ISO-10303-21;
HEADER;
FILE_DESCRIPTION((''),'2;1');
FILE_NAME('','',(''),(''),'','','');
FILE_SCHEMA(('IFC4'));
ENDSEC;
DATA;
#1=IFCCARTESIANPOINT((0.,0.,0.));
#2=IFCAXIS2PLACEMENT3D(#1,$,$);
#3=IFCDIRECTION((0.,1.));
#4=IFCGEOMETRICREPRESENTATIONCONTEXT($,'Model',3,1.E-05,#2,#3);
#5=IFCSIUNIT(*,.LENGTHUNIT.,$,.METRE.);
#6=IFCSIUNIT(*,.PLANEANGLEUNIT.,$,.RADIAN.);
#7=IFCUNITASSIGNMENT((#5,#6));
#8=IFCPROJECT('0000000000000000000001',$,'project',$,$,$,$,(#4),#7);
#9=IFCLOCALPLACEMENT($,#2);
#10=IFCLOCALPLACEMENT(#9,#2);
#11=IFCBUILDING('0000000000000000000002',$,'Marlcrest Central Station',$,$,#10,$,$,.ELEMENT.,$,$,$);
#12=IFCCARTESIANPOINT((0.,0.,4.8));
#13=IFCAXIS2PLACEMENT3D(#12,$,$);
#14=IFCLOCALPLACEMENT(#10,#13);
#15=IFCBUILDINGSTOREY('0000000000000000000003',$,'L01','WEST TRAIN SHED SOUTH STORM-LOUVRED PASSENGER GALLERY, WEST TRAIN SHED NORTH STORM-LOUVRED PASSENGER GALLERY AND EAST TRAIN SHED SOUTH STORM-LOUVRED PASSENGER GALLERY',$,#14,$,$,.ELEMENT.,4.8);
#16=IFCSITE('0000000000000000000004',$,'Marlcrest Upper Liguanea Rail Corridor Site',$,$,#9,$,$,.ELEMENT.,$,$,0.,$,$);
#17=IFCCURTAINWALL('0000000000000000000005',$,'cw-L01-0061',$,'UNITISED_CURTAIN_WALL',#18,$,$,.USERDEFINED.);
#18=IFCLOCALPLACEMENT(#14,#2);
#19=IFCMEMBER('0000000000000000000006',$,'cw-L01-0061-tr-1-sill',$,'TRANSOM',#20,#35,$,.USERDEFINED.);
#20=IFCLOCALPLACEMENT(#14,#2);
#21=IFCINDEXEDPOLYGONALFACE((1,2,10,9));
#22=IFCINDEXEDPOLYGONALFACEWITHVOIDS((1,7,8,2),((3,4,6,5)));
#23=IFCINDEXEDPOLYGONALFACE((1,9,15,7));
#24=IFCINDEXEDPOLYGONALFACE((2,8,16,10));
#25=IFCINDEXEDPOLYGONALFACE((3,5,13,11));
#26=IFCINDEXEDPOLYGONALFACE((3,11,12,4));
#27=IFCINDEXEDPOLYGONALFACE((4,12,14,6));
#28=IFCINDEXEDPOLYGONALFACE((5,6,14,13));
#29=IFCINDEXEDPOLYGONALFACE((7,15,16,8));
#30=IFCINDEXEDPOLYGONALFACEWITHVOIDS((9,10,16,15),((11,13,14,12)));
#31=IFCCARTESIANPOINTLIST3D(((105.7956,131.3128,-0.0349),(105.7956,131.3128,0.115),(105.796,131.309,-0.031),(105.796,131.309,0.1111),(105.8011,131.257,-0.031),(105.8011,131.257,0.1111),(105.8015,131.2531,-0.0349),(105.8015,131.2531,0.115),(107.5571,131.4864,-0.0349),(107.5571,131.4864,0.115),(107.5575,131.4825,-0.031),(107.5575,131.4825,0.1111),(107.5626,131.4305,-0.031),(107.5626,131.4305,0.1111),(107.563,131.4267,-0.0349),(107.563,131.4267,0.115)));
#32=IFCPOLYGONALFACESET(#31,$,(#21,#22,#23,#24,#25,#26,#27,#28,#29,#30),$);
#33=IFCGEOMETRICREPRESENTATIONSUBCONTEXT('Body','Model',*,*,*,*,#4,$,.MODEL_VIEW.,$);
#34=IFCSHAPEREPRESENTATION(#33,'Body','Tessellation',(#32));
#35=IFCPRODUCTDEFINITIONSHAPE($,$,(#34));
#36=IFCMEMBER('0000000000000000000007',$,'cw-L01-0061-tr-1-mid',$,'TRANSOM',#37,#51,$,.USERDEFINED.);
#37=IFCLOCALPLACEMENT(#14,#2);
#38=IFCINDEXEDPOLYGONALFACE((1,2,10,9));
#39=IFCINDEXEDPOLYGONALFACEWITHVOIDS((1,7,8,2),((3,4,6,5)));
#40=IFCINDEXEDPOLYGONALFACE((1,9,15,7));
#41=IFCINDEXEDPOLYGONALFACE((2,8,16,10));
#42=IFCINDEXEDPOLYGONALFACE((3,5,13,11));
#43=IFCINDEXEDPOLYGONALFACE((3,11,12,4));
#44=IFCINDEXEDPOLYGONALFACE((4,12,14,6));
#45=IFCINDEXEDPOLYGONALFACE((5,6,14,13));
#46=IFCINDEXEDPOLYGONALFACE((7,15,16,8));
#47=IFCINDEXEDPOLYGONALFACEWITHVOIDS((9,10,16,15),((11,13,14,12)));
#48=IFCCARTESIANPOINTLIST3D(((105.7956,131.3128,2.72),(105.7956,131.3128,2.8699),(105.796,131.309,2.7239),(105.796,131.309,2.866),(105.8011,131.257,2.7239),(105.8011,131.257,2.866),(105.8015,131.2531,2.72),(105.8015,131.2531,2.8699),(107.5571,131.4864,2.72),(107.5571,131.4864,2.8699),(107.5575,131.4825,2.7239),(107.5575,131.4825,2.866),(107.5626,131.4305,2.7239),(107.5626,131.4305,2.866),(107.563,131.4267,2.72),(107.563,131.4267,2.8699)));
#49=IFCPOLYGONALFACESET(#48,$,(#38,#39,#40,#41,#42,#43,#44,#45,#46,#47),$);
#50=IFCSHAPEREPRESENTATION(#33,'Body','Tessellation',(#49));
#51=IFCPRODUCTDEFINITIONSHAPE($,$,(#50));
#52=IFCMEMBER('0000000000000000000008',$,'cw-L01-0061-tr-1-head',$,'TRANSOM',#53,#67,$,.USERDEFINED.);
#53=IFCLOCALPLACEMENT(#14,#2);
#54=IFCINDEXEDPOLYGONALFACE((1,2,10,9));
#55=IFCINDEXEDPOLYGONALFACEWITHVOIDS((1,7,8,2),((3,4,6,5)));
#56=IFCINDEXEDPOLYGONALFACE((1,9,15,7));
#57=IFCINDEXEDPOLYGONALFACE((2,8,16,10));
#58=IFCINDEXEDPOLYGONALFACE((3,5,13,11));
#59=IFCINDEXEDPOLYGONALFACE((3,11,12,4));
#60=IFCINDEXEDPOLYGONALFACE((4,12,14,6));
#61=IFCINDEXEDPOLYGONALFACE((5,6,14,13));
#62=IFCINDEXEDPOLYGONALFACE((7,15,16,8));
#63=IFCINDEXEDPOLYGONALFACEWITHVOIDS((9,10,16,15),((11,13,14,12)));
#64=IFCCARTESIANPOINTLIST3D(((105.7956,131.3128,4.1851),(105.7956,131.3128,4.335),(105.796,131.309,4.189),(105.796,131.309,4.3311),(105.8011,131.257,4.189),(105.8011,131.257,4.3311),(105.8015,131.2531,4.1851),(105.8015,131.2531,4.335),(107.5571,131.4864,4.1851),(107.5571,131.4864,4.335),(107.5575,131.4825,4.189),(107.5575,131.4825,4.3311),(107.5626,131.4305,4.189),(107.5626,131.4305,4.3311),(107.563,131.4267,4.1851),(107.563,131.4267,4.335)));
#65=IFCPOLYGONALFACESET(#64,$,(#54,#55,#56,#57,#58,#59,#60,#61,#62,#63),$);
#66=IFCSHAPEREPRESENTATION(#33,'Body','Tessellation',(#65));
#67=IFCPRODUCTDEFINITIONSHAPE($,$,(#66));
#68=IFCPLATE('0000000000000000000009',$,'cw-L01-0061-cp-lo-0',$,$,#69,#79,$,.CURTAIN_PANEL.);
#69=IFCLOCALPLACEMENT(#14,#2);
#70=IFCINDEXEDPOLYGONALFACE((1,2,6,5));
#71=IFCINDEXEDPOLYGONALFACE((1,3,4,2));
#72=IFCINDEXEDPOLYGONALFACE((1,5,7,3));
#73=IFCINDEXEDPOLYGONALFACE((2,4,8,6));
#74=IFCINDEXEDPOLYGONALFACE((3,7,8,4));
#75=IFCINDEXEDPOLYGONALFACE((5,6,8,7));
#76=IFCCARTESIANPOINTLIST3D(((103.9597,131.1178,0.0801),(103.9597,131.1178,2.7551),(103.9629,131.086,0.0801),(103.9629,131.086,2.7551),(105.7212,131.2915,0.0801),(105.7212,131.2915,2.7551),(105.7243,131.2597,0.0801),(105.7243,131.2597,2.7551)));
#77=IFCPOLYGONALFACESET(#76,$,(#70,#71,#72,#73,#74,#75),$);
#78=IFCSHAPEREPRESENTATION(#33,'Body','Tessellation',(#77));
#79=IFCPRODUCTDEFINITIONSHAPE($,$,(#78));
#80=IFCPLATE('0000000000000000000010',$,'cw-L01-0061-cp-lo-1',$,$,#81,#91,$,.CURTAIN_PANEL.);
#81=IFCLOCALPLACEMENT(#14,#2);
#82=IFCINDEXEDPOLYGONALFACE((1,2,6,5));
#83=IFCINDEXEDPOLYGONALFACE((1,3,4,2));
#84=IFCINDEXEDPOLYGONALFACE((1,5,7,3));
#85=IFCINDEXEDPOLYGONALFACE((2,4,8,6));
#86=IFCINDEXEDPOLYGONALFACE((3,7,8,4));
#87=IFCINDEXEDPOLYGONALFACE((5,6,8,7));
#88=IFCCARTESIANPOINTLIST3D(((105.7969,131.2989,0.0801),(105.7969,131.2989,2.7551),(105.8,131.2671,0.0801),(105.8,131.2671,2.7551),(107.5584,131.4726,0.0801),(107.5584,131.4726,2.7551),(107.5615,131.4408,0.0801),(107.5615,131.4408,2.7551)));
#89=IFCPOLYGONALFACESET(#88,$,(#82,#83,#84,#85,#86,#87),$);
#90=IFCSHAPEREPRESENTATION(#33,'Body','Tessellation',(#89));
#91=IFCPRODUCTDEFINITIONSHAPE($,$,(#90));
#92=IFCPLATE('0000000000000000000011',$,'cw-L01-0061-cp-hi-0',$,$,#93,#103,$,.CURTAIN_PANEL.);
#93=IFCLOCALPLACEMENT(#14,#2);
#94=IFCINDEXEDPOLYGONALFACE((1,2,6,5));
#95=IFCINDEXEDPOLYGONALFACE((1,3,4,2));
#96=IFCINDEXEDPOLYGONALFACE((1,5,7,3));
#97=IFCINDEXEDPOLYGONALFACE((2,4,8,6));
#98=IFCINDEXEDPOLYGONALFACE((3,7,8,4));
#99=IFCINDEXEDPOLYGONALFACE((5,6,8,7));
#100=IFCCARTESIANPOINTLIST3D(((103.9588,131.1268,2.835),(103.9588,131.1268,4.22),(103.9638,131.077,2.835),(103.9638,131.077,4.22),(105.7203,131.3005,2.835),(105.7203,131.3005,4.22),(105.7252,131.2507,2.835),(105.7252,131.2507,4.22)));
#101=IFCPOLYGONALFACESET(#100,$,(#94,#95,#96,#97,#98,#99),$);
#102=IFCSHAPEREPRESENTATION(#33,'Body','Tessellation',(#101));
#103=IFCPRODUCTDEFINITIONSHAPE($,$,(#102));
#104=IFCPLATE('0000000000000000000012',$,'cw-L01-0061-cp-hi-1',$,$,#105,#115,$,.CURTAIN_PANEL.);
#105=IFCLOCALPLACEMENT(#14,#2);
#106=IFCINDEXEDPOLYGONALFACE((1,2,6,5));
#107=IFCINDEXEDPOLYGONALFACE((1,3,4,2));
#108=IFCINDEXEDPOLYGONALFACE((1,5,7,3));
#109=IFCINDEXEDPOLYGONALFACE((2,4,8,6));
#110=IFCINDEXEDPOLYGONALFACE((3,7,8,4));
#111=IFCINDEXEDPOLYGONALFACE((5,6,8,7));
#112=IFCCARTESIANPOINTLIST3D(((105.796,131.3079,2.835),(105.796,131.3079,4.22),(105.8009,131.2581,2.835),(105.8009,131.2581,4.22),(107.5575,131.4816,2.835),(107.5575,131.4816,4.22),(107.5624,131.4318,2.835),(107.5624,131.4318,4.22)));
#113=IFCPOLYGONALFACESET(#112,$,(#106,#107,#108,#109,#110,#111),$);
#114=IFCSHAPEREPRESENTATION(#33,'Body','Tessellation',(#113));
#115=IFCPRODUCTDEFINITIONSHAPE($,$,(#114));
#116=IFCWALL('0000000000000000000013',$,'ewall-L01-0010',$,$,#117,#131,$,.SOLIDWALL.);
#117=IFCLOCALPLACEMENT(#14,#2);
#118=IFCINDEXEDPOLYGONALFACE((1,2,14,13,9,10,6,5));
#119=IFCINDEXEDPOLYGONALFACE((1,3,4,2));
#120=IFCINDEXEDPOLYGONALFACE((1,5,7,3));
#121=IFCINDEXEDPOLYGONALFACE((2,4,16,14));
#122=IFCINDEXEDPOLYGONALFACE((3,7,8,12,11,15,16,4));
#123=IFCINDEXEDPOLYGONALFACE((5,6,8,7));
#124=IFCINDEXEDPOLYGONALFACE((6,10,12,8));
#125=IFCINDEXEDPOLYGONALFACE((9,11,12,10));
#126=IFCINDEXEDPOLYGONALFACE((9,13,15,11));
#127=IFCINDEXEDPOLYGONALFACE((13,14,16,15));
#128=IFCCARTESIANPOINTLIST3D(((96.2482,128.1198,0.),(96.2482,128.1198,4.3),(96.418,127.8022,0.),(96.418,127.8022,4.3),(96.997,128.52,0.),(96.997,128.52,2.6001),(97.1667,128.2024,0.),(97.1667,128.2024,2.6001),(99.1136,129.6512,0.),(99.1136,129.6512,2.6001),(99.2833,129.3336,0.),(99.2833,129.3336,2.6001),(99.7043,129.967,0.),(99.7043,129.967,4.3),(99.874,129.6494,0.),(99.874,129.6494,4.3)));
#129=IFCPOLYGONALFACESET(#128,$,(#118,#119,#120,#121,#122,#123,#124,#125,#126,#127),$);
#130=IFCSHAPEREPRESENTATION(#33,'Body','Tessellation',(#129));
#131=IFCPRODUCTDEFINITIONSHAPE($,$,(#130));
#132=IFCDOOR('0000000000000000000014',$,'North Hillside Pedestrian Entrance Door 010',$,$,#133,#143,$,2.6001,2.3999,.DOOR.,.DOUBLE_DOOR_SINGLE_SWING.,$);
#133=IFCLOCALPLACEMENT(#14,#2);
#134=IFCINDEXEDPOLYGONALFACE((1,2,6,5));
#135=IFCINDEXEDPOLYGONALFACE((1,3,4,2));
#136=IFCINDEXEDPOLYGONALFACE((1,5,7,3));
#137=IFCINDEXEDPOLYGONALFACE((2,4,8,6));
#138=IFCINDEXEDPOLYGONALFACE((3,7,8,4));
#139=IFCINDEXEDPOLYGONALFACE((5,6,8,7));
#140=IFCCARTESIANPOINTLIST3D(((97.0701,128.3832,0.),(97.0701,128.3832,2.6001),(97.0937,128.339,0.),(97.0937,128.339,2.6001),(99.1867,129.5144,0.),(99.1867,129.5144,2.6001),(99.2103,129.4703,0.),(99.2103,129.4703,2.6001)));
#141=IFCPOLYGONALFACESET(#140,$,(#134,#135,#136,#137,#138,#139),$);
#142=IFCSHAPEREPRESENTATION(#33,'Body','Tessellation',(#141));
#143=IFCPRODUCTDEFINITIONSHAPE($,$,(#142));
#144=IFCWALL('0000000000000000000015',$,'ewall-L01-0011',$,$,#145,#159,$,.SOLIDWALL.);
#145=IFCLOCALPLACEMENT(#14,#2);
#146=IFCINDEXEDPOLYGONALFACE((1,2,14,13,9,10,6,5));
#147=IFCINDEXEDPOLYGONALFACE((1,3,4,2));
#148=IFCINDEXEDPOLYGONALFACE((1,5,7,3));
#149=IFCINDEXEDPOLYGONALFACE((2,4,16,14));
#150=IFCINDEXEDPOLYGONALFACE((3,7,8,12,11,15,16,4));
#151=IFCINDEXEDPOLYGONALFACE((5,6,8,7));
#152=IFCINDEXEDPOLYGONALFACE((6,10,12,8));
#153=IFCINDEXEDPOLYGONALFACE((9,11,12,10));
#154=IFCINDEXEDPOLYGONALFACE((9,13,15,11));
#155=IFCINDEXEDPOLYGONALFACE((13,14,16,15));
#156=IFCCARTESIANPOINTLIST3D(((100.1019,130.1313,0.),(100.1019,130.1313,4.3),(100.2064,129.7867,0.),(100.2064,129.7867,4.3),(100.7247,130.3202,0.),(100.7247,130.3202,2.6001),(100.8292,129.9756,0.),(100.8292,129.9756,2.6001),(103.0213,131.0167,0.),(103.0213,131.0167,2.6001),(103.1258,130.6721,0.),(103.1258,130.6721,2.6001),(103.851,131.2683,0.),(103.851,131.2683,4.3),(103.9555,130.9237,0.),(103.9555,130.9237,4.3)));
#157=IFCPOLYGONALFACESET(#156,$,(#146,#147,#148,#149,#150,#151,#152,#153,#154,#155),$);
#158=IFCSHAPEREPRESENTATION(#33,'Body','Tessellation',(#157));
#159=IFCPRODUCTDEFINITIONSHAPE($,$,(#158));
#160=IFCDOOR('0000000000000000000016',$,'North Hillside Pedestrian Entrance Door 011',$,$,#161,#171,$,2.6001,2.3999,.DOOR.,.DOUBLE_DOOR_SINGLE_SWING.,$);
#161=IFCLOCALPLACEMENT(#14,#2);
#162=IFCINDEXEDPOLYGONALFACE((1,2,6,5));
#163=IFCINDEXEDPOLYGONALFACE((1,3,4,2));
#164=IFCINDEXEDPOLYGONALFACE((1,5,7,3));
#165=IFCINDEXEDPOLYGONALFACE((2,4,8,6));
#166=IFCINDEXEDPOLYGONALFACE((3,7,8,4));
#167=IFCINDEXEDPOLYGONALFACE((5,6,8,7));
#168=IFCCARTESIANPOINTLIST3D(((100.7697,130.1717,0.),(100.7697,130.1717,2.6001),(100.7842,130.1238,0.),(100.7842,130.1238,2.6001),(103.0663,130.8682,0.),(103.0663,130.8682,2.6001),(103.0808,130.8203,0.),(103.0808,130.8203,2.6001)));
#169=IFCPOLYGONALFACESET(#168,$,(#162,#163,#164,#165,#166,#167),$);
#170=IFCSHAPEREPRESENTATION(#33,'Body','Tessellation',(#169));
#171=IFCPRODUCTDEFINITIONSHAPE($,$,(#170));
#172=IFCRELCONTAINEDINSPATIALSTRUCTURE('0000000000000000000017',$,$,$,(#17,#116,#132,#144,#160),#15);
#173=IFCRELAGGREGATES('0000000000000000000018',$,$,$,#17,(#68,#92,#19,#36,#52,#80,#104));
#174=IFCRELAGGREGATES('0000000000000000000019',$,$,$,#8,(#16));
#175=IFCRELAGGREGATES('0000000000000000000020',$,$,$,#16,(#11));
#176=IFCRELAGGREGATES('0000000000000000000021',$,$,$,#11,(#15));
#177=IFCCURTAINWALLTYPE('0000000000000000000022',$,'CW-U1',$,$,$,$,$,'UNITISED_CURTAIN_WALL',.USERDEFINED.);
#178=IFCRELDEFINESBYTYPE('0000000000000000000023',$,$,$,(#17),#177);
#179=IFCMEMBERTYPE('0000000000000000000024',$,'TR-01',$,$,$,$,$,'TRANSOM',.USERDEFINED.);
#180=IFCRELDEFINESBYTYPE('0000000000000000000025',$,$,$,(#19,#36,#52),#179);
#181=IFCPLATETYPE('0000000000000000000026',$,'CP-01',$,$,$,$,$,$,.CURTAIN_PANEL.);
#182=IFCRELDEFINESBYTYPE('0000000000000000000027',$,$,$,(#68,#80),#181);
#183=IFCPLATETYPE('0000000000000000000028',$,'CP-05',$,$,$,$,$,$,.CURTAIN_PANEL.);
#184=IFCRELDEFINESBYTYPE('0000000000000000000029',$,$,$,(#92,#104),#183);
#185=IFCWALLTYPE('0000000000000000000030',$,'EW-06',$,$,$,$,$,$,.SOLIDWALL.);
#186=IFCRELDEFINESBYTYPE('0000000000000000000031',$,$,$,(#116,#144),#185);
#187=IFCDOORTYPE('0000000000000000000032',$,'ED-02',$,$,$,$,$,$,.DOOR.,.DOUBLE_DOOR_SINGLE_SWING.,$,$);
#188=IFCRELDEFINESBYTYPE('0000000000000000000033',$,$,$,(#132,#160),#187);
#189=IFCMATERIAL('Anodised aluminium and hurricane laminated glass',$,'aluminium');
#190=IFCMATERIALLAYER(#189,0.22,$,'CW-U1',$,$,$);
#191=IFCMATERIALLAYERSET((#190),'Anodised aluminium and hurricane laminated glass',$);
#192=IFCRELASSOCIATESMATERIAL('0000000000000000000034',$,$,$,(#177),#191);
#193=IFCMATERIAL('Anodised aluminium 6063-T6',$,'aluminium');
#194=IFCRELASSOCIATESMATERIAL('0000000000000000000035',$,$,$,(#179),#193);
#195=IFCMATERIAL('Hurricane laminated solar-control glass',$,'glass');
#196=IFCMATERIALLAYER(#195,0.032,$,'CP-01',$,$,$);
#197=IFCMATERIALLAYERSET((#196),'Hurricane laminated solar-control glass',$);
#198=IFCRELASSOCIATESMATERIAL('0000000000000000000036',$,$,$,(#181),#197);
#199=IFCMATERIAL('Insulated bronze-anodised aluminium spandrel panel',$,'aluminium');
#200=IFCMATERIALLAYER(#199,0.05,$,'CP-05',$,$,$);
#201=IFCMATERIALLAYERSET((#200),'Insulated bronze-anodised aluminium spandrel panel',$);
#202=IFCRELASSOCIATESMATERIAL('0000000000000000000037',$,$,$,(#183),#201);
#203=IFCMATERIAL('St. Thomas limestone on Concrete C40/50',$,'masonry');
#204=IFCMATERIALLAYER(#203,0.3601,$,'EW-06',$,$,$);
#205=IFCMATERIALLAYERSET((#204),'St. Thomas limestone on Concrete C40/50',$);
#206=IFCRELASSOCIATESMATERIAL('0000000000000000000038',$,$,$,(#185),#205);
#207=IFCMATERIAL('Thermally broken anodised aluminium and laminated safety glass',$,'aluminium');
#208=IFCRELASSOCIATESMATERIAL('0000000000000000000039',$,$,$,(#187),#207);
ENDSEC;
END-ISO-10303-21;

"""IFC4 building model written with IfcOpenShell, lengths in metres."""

from ifc_helpers import new_model, si_unit, direction, frame, frame_2d, origin, origin_2d, place, context, subcontext, project, spatial, rectangle, hollow_rectangle, extrude, material, layer, layer_set, material_profile, profile_set, type_object, element, fill, aggregate, save


model = new_model("IFC4")

# Units and contexts
model_context = context("Model", 3, precision=1e-05, world=origin(), true_north=direction((0.0, 1.0)))
body_context = subcontext(model_context, "Body", "Model", "MODEL_VIEW")
ifc_project = project(units=[si_unit("LENGTHUNIT", "METRE"), si_unit("PLANEANGLEUNIT", "RADIAN")], contexts=[model_context])

# Site, building, storey
site_placement = place(None, origin())
site = spatial("IfcSite", under=ifc_project, at=site_placement, Name="Marlcrest Upper Liguanea Rail Corridor Site", CompositionType="ELEMENT", RefElevation=0.0)
building_placement = place(site_placement, origin())
building = spatial("IfcBuilding", under=site, at=building_placement, Name="Marlcrest Central Station", CompositionType="ELEMENT")
storey_placement = place(building_placement, frame((0.0, 0.0, 4.8)))
storey = spatial("IfcBuildingStorey", under=building, at=storey_placement, Name="L01", Description="WEST TRAIN SHED SOUTH STORM-LOUVRED PASSENGER GALLERY, WEST TRAIN SHED NORTH STORM-LOUVRED PASSENGER GALLERY AND EAST TRAIN SHED SOUTH STORM-LOUVRED PASSENGER GALLERY", CompositionType="ELEMENT", Elevation=4.8)

# Curtain wall
ifc_material_1 = material(Name="Anodised aluminium and hurricane laminated glass", Category="aluminium")
ifc_layer_1 = layer(ifc_material_1, 0.22, Name="CW-U1")
ifc_layer_set_1 = layer_set([ifc_layer_1], Name="Anodised aluminium and hurricane laminated glass")
curtain_wall_type = type_object("IfcCurtainWallType", Name="CW-U1", ElementType="UNITISED_CURTAIN_WALL", PredefinedType="USERDEFINED", material=ifc_layer_set_1)
curtain_wall_placement = place(storey_placement, origin())
curtain_wall = element("IfcCurtainWall", 1, at=curtain_wall_placement, inside=storey, type_object=curtain_wall_type, Name="cw-L01-0061", ObjectType="UNITISED_CURTAIN_WALL", PredefinedType="USERDEFINED")
ifc_material_2 = material(Name="Anodised aluminium 6063-T6", Category="aluminium")

# Members
ifc_material_profile_1 = material_profile(ifc_material_2, hollow_rectangle(XDim=0.0601, YDim=0.1499, WallThickness=0.0039, at=origin_2d()), Name="AA-RHS 150x60x4")
ifc_profile_set_1 = profile_set([ifc_material_profile_1], Name="Anodised aluminium 6063-T6")
member_type_1 = type_object("IfcMemberType", Name="TR-01", ElementType="TRANSOM", PredefinedType="USERDEFINED", material=ifc_profile_set_1)
member_1_placement = place(storey_placement, frame((105.7986, 131.283, 0.04), z_axis=(0.99518, 0.09807, 0.0), x_axis=(-0.09807, 0.99518, 0.0)))
member_1 = element("IfcMember", 2, at=member_1_placement, type_object=member_type_1, Name="cw-L01-0061-tr-1-sill", ObjectType="TRANSOM", PredefinedType="USERDEFINED", context=body_context, shape_type="SweptSolid", body=[
    extrude(hollow_rectangle(XDim=0.0601, YDim=0.1499, WallThickness=0.0039, at=origin_2d()), origin(), (0.0, 0.0, 1.0), 1.77),
])
member_2_placement = place(storey_placement, frame((105.7986, 131.283, 2.7949), z_axis=(0.99518, 0.09807, 0.0), x_axis=(-0.09807, 0.99518, 0.0)))
member_2 = element("IfcMember", 3, at=member_2_placement, type_object=member_type_1, Name="cw-L01-0061-tr-1-mid", ObjectType="TRANSOM", PredefinedType="USERDEFINED", context=body_context, shape_type="SweptSolid", body=[
    extrude(hollow_rectangle(XDim=0.0601, YDim=0.1499, WallThickness=0.0039, at=origin_2d()), origin(), (0.0, 0.0, 1.0), 1.77),
])
member_3_placement = place(storey_placement, frame((105.7986, 131.283, 4.26), z_axis=(0.99518, 0.09807, 0.0), x_axis=(-0.09807, 0.99518, 0.0)))
member_3 = element("IfcMember", 4, at=member_3_placement, type_object=member_type_1, Name="cw-L01-0061-tr-1-head", ObjectType="TRANSOM", PredefinedType="USERDEFINED", context=body_context, shape_type="SweptSolid", body=[
    extrude(hollow_rectangle(XDim=0.0601, YDim=0.1499, WallThickness=0.0039, at=origin_2d()), origin(), (0.0, 0.0, 1.0), 1.77),
])

# Plates
ifc_material_3 = material(Name="Hurricane laminated solar-control glass", Category="glass")
ifc_layer_2 = layer(ifc_material_3, 0.032, Name="CP-01")
ifc_layer_set_2 = layer_set([ifc_layer_2], Name="Hurricane laminated solar-control glass")
plate_type_1 = type_object("IfcPlateType", Name="CP-01", PredefinedType="CURTAIN_PANEL", material=ifc_layer_set_2)
plate_1_placement = place(storey_placement, frame((104.842, 131.1887, 0.0801), z_axis=(0.0, 0.0, 1.0), x_axis=(0.995173, 0.098139, 0.0)))
plate_1 = element("IfcPlate", 5, at=plate_1_placement, type_object=plate_type_1, Name="cw-L01-0061-cp-lo-0", PredefinedType="CURTAIN_PANEL", context=body_context, shape_type="SweptSolid", body=[
    extrude(rectangle(XDim=1.77, YDim=0.032, at=origin_2d()), origin(), (0.0, 0.0, 1.0), 2.675),
])
plate_2_placement = place(storey_placement, frame((106.6792, 131.3699, 0.0801), z_axis=(0.0, 0.0, 1.0), x_axis=(0.995173, 0.098139, 0.0)))
plate_2 = element("IfcPlate", 6, at=plate_2_placement, type_object=plate_type_1, Name="cw-L01-0061-cp-lo-1", PredefinedType="CURTAIN_PANEL", context=body_context, shape_type="SweptSolid", body=[
    extrude(rectangle(XDim=1.77, YDim=0.032, at=origin_2d()), origin(), (0.0, 0.0, 1.0), 2.675),
])
ifc_material_4 = material(Name="Insulated bronze-anodised aluminium spandrel panel", Category="aluminium")
ifc_layer_3 = layer(ifc_material_4, 0.05, Name="CP-05")
ifc_layer_set_3 = layer_set([ifc_layer_3], Name="Insulated bronze-anodised aluminium spandrel panel")
plate_type_2 = type_object("IfcPlateType", Name="CP-05", PredefinedType="CURTAIN_PANEL", material=ifc_layer_set_3)
plate_3_placement = place(storey_placement, frame((104.842, 131.1887, 2.835), z_axis=(0.0, 0.0, 1.0), x_axis=(0.995173, 0.098139, 0.0)))
plate_3 = element("IfcPlate", 7, at=plate_3_placement, type_object=plate_type_2, Name="cw-L01-0061-cp-hi-0", PredefinedType="CURTAIN_PANEL", context=body_context, shape_type="SweptSolid", body=[
    extrude(rectangle(XDim=1.77, YDim=0.05, at=origin_2d()), origin(), (0.0, 0.0, 1.0), 1.385),
])
plate_4_placement = place(storey_placement, frame((106.6792, 131.3699, 2.835), z_axis=(0.0, 0.0, 1.0), x_axis=(0.995173, 0.098139, 0.0)))
plate_4 = element("IfcPlate", 8, at=plate_4_placement, type_object=plate_type_2, Name="cw-L01-0061-cp-hi-1", PredefinedType="CURTAIN_PANEL", context=body_context, shape_type="SweptSolid", body=[
    extrude(rectangle(XDim=1.77, YDim=0.05, at=origin_2d()), origin(), (0.0, 0.0, 1.0), 1.385),
])
aggregate(curtain_wall, [plate_1, plate_3, member_1, member_2, member_3, plate_2, plate_4])

# Walls, openings, doors
ifc_material_5 = material(Name="St. Thomas limestone on Concrete C40/50", Category="masonry")
ifc_layer_4 = layer(ifc_material_5, 0.3601, Name="EW-06")
ifc_layer_set_4 = layer_set([ifc_layer_4], Name="St. Thomas limestone on Concrete C40/50")
wall_type = type_object("IfcWallType", Name="EW-06", PredefinedType="SOLIDWALL", material=ifc_layer_set_4)
wall_1_placement = place(storey_placement, frame((96.333, 127.9609, 0.0), z_axis=(0.0, 0.0, 1.0), x_axis=(0.881935, 0.471371, 0.0)))
wall_1 = element("IfcWall", 9, at=wall_1_placement, inside=storey, type_object=wall_type, Name="ewall-L01-0010", PredefinedType="SOLIDWALL", context=body_context, shape_type="SweptSolid", body=[
    extrude(rectangle(XDim=3.9187, YDim=0.3601, at=frame_2d((1.9595, 0.0))), origin(), (0.0, 0.0, 1.0), 4.3),
])
opening_1_placement = place(wall_1_placement, frame((0.8491, 0.0, 0.0)))
opening_1 = element("IfcOpeningElement", 10, at=opening_1_placement, cuts=wall_1, PredefinedType="OPENING", context=body_context, shape_type="SweptSolid", body=[
    extrude(rectangle(XDim=2.3999, YDim=2.6001, at=frame_2d((1.2, 1.3))), frame((0.0, 0.1899, 0.0), z_axis=(0.0, -1.0, 0.0), x_axis=(1.0, 0.0, 0.0)), (0.0, 0.0, 1.0), 0.3801),
])
ifc_material_6 = material(Name="Thermally broken anodised aluminium and laminated safety glass", Category="aluminium")
door_type = type_object("IfcDoorType", Name="ED-02", OperationType="DOUBLE_DOOR_SINGLE_SWING", PredefinedType="DOOR", material=ifc_material_6)
door_1_placement = place(opening_1_placement, origin())
door_1 = element("IfcDoor", 11, at=door_1_placement, inside=storey, type_object=door_type, Name="North Hillside Pedestrian Entrance Door 010", OperationType="DOUBLE_DOOR_SINGLE_SWING", OverallHeight=2.6001, OverallWidth=2.3999, PredefinedType="DOOR", context=body_context, shape_type="SweptSolid", body=[
    extrude(rectangle(XDim=2.3999, YDim=2.6001, at=frame_2d((1.2, 1.3))), frame((0.0, 0.0249, 0.0), z_axis=(0.0, -1.0, 0.0), x_axis=(1.0, 0.0, 0.0)), (0.0, 0.0, 1.0), 0.05),
])
fill(opening_1, door_1)
wall_2_placement = place(storey_placement, frame((100.1541, 129.959, 0.0), z_axis=(0.0, 0.0, 1.0), x_axis=(0.956961, 0.290217, 0.0)))
wall_2 = element("IfcWall", 12, at=wall_2_placement, inside=storey, type_object=wall_type, Name="ewall-L01-0011", PredefinedType="SOLIDWALL", context=body_context, shape_type="SweptSolid", body=[
    extrude(rectangle(XDim=3.9177, YDim=0.3601, at=frame_2d((1.959, 0.0))), origin(), (0.0, 0.0, 1.0), 4.3),
])
opening_2_placement = place(wall_2_placement, frame((0.6509, 0.0, 0.0)))
opening_2 = element("IfcOpeningElement", 13, at=opening_2_placement, cuts=wall_2, PredefinedType="OPENING", context=body_context, shape_type="SweptSolid", body=[
    extrude(rectangle(XDim=2.3999, YDim=2.6001, at=frame_2d((1.2, 1.3))), frame((0.0, 0.1899, 0.0), z_axis=(0.0, -1.0, 0.0), x_axis=(1.0, 0.0, 0.0)), (0.0, 0.0, 1.0), 0.3801),
])
door_2_placement = place(opening_2_placement, origin())
door_2 = element("IfcDoor", 14, at=door_2_placement, inside=storey, type_object=door_type, Name="North Hillside Pedestrian Entrance Door 011", OperationType="DOUBLE_DOOR_SINGLE_SWING", OverallHeight=2.6001, OverallWidth=2.3999, PredefinedType="DOOR", context=body_context, shape_type="SweptSolid", body=[
    extrude(rectangle(XDim=2.3999, YDim=2.6001, at=frame_2d((1.2, 1.3))), frame((0.0, 0.0249, 0.0), z_axis=(0.0, -1.0, 0.0), x_axis=(1.0, 0.0, 0.0)), (0.0, 0.0, 1.0), 0.05),
])
fill(opening_2, door_2)

save(model, "model.ifc")
